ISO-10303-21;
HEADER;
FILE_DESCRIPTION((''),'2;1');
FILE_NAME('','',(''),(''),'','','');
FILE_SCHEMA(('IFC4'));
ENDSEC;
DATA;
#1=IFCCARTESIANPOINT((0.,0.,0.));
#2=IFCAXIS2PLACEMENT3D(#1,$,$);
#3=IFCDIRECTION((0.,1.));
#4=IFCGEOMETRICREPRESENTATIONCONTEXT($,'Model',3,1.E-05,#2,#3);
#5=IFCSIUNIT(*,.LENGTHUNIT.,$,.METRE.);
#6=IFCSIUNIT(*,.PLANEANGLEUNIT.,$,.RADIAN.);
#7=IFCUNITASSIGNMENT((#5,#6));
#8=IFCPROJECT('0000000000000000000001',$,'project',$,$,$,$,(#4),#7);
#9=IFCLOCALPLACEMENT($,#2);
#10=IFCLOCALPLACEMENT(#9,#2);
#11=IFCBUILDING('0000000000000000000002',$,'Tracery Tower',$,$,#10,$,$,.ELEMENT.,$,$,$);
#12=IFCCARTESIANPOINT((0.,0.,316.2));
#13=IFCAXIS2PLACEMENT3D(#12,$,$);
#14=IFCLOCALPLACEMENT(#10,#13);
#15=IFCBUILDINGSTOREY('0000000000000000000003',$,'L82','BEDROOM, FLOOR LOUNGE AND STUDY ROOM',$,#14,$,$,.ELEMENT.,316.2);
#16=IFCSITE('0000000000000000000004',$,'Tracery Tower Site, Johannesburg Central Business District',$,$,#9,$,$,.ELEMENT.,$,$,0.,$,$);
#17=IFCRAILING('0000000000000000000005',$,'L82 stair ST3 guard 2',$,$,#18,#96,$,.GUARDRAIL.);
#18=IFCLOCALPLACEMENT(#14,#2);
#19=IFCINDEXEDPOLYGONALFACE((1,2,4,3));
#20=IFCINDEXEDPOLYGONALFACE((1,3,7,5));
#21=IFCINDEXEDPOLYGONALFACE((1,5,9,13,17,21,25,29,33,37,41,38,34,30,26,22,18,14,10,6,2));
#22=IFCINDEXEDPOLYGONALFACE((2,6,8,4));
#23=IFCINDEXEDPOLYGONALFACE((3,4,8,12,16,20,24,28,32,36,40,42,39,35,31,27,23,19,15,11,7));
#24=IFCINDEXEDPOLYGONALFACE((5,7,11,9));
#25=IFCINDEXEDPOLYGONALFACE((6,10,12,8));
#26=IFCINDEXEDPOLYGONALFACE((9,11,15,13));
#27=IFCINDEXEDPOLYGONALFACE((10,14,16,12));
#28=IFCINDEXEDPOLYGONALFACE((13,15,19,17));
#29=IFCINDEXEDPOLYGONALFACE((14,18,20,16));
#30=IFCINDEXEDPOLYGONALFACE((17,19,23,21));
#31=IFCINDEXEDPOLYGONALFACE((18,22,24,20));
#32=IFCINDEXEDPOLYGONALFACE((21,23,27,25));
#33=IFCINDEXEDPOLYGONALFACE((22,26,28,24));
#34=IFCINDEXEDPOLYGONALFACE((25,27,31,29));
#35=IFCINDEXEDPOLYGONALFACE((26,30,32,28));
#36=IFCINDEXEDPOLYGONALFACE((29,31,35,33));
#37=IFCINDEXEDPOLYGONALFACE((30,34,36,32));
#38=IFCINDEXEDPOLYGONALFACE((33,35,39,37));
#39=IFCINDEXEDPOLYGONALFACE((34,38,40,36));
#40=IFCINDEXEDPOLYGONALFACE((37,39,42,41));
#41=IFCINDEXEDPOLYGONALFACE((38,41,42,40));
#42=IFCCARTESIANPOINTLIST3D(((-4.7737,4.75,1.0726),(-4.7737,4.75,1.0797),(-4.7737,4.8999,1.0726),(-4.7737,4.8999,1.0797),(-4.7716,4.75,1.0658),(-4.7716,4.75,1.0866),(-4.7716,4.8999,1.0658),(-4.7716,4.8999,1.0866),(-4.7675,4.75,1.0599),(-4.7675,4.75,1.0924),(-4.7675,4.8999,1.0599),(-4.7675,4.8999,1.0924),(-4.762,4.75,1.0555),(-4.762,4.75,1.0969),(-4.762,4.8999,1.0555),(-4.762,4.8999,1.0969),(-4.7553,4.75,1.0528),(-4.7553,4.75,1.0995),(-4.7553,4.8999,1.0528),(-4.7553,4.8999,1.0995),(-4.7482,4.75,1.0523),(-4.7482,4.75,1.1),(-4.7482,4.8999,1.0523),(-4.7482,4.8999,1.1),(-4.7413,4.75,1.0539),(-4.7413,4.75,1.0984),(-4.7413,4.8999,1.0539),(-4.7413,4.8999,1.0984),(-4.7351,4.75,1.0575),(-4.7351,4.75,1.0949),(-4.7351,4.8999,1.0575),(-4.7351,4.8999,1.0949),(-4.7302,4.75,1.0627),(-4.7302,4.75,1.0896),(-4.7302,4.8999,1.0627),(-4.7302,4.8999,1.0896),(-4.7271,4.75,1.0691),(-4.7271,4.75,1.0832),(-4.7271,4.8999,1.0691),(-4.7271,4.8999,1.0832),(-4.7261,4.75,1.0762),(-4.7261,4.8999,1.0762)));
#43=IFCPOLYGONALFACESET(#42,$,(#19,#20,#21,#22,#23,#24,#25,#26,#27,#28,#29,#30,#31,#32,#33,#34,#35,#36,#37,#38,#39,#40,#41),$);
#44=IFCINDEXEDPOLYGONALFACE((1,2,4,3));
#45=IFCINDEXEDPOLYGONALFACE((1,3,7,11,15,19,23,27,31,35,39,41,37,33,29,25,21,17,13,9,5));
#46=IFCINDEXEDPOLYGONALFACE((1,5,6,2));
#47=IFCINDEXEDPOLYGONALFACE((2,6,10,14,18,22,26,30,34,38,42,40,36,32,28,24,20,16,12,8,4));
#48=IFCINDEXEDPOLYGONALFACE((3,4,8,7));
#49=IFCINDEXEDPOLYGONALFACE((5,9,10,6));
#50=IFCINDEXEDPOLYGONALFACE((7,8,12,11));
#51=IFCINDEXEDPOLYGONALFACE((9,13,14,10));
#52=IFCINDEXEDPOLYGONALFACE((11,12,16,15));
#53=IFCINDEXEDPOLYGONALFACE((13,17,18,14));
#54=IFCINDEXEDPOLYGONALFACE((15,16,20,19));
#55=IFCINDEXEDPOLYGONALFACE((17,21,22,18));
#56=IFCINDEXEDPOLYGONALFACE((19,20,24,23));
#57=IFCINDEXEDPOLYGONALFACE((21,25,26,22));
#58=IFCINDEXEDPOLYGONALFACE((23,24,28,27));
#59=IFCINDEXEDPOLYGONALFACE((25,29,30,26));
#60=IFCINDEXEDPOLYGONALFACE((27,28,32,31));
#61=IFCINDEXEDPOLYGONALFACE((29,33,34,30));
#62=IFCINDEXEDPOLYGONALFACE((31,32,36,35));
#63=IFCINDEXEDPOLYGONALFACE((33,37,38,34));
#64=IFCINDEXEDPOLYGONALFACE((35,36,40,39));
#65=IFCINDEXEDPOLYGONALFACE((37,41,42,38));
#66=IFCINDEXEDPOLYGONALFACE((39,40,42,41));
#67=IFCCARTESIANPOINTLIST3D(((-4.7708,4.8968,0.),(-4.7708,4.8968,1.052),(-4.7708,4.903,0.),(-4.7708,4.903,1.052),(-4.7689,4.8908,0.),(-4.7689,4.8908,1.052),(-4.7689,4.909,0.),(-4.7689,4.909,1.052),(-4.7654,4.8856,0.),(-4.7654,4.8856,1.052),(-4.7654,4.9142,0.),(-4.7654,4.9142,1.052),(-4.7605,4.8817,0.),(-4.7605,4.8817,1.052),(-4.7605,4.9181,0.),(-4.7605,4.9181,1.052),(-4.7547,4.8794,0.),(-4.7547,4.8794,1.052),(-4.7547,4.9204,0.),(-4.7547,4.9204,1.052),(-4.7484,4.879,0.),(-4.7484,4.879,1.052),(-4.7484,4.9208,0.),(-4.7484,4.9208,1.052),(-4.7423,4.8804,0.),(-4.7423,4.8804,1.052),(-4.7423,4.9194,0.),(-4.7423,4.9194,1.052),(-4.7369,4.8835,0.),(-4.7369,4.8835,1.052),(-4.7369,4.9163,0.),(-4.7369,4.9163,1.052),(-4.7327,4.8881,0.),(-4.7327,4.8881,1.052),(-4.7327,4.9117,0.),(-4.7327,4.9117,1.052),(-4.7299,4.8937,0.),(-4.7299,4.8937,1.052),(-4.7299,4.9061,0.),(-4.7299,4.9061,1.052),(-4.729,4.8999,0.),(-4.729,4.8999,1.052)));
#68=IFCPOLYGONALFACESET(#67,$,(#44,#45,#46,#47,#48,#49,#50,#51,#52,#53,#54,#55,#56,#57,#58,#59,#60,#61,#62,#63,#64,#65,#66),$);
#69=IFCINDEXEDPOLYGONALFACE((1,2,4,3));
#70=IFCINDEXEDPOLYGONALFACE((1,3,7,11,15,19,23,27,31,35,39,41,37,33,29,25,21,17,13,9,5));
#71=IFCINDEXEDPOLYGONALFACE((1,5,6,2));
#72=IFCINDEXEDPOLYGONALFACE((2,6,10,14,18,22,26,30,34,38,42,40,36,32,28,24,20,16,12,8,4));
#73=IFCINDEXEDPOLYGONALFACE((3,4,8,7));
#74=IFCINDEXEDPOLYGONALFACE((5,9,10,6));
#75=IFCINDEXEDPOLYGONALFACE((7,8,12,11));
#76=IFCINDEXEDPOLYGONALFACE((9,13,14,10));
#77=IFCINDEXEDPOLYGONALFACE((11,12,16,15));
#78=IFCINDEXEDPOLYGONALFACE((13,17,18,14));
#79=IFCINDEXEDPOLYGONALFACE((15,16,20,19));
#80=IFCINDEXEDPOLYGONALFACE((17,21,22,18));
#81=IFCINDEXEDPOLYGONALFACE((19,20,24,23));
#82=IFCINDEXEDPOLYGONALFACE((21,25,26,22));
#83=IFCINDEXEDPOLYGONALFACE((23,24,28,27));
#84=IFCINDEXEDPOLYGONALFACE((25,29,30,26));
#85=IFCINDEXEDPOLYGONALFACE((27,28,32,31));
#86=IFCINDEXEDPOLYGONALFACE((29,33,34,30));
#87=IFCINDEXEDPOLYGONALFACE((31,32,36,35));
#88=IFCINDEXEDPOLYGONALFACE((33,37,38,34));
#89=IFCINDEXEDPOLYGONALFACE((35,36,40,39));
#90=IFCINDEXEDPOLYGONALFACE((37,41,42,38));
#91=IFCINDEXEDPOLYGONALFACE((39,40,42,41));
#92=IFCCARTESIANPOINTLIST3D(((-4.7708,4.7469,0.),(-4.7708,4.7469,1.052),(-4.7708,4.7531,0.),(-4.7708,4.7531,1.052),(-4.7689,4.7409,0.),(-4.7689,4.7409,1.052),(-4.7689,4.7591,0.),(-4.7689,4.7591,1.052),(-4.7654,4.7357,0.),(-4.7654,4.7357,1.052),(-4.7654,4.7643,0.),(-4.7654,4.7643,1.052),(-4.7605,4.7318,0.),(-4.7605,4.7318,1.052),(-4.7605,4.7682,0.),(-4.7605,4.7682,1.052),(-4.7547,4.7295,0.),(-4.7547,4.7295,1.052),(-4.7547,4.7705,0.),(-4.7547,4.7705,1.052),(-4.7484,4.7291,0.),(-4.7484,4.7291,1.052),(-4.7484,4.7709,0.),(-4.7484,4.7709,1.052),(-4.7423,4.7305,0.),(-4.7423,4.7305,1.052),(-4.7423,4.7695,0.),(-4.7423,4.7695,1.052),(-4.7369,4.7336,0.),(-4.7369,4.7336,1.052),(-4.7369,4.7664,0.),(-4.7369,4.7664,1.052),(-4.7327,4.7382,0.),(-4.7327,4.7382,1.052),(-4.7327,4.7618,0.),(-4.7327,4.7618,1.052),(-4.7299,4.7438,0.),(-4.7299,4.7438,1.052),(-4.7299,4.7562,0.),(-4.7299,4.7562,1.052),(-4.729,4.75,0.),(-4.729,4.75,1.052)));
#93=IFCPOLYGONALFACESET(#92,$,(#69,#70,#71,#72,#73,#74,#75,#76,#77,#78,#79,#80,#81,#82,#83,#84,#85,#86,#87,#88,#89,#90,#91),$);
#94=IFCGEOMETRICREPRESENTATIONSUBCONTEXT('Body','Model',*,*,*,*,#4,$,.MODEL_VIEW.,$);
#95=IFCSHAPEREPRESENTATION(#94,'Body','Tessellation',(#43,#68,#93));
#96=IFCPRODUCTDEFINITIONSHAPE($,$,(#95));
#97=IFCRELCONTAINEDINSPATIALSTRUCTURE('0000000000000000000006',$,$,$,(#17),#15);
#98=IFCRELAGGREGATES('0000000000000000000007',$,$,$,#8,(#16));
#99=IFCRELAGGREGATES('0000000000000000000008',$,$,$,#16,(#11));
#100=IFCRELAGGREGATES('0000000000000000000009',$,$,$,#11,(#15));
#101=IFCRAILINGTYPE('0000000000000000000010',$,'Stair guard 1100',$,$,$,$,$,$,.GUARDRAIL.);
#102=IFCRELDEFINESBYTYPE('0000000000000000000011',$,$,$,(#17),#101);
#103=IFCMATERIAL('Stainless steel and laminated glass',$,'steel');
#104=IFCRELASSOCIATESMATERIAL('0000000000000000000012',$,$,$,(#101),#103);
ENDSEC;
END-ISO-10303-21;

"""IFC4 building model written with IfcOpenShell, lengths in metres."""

from ifc_helpers import new_model, si_unit, direction, frame, origin, origin_2d, place, context, subcontext, project, spatial, circle, extrude, material, type_object, element, save


model = new_model("IFC4")

# Units and contexts
model_context = context("Model", 3, precision=1e-05, world=origin(), true_north=direction((0.0, 1.0)))
body_context = subcontext(model_context, "Body", "Model", "MODEL_VIEW")
ifc_project = project(units=[si_unit("LENGTHUNIT", "METRE"), si_unit("PLANEANGLEUNIT", "RADIAN")], contexts=[model_context])

# Site, building, storey
site_placement = place(None, origin())
site = spatial("IfcSite", under=ifc_project, at=site_placement, Name="Tracery Tower Site, Johannesburg Central Business District", CompositionType="ELEMENT", RefElevation=0.0)
building_placement = place(site_placement, origin())
building = spatial("IfcBuilding", under=site, at=building_placement, Name="Tracery Tower", CompositionType="ELEMENT")
storey_placement = place(building_placement, frame((0.0, 0.0, 316.2)))
storey = spatial("IfcBuildingStorey", under=building, at=storey_placement, Name="L82", Description="BEDROOM, FLOOR LOUNGE AND STUDY ROOM", CompositionType="ELEMENT", Elevation=316.2)

# Railing
ifc_material_1 = material(Name="Stainless steel and laminated glass", Category="steel")
railing_type_1 = type_object("IfcRailingType", Name="Stair guard 1100", PredefinedType="GUARDRAIL", material=ifc_material_1)
railing_1_placement = place(storey_placement, frame((-4.75, 4.8999, 0.0)))
element("IfcRailing", 1, at=railing_1_placement, inside=storey, type_object=railing_type_1, Name="L82 stair ST3 guard 2", PredefinedType="GUARDRAIL", context=body_context, shape_type="SweptSolid", body=[
    extrude(circle(Radius=0.0239, at=origin_2d()), frame((0.0, 0.0, 1.0762), z_axis=(0.0, -1.0, 0.0), x_axis=(1.0, 0.0, 0.0)), (0.0, 0.0, 1.0), 0.1499),
    extrude(circle(Radius=0.021, at=origin_2d()), origin(), (0.0, 0.0, 1.0), 1.052),
    extrude(circle(Radius=0.021, at=origin_2d()), frame((0.0, -0.1499, 0.0)), (0.0, 0.0, 1.0), 1.052),
])

save(model, "model.ifc")
